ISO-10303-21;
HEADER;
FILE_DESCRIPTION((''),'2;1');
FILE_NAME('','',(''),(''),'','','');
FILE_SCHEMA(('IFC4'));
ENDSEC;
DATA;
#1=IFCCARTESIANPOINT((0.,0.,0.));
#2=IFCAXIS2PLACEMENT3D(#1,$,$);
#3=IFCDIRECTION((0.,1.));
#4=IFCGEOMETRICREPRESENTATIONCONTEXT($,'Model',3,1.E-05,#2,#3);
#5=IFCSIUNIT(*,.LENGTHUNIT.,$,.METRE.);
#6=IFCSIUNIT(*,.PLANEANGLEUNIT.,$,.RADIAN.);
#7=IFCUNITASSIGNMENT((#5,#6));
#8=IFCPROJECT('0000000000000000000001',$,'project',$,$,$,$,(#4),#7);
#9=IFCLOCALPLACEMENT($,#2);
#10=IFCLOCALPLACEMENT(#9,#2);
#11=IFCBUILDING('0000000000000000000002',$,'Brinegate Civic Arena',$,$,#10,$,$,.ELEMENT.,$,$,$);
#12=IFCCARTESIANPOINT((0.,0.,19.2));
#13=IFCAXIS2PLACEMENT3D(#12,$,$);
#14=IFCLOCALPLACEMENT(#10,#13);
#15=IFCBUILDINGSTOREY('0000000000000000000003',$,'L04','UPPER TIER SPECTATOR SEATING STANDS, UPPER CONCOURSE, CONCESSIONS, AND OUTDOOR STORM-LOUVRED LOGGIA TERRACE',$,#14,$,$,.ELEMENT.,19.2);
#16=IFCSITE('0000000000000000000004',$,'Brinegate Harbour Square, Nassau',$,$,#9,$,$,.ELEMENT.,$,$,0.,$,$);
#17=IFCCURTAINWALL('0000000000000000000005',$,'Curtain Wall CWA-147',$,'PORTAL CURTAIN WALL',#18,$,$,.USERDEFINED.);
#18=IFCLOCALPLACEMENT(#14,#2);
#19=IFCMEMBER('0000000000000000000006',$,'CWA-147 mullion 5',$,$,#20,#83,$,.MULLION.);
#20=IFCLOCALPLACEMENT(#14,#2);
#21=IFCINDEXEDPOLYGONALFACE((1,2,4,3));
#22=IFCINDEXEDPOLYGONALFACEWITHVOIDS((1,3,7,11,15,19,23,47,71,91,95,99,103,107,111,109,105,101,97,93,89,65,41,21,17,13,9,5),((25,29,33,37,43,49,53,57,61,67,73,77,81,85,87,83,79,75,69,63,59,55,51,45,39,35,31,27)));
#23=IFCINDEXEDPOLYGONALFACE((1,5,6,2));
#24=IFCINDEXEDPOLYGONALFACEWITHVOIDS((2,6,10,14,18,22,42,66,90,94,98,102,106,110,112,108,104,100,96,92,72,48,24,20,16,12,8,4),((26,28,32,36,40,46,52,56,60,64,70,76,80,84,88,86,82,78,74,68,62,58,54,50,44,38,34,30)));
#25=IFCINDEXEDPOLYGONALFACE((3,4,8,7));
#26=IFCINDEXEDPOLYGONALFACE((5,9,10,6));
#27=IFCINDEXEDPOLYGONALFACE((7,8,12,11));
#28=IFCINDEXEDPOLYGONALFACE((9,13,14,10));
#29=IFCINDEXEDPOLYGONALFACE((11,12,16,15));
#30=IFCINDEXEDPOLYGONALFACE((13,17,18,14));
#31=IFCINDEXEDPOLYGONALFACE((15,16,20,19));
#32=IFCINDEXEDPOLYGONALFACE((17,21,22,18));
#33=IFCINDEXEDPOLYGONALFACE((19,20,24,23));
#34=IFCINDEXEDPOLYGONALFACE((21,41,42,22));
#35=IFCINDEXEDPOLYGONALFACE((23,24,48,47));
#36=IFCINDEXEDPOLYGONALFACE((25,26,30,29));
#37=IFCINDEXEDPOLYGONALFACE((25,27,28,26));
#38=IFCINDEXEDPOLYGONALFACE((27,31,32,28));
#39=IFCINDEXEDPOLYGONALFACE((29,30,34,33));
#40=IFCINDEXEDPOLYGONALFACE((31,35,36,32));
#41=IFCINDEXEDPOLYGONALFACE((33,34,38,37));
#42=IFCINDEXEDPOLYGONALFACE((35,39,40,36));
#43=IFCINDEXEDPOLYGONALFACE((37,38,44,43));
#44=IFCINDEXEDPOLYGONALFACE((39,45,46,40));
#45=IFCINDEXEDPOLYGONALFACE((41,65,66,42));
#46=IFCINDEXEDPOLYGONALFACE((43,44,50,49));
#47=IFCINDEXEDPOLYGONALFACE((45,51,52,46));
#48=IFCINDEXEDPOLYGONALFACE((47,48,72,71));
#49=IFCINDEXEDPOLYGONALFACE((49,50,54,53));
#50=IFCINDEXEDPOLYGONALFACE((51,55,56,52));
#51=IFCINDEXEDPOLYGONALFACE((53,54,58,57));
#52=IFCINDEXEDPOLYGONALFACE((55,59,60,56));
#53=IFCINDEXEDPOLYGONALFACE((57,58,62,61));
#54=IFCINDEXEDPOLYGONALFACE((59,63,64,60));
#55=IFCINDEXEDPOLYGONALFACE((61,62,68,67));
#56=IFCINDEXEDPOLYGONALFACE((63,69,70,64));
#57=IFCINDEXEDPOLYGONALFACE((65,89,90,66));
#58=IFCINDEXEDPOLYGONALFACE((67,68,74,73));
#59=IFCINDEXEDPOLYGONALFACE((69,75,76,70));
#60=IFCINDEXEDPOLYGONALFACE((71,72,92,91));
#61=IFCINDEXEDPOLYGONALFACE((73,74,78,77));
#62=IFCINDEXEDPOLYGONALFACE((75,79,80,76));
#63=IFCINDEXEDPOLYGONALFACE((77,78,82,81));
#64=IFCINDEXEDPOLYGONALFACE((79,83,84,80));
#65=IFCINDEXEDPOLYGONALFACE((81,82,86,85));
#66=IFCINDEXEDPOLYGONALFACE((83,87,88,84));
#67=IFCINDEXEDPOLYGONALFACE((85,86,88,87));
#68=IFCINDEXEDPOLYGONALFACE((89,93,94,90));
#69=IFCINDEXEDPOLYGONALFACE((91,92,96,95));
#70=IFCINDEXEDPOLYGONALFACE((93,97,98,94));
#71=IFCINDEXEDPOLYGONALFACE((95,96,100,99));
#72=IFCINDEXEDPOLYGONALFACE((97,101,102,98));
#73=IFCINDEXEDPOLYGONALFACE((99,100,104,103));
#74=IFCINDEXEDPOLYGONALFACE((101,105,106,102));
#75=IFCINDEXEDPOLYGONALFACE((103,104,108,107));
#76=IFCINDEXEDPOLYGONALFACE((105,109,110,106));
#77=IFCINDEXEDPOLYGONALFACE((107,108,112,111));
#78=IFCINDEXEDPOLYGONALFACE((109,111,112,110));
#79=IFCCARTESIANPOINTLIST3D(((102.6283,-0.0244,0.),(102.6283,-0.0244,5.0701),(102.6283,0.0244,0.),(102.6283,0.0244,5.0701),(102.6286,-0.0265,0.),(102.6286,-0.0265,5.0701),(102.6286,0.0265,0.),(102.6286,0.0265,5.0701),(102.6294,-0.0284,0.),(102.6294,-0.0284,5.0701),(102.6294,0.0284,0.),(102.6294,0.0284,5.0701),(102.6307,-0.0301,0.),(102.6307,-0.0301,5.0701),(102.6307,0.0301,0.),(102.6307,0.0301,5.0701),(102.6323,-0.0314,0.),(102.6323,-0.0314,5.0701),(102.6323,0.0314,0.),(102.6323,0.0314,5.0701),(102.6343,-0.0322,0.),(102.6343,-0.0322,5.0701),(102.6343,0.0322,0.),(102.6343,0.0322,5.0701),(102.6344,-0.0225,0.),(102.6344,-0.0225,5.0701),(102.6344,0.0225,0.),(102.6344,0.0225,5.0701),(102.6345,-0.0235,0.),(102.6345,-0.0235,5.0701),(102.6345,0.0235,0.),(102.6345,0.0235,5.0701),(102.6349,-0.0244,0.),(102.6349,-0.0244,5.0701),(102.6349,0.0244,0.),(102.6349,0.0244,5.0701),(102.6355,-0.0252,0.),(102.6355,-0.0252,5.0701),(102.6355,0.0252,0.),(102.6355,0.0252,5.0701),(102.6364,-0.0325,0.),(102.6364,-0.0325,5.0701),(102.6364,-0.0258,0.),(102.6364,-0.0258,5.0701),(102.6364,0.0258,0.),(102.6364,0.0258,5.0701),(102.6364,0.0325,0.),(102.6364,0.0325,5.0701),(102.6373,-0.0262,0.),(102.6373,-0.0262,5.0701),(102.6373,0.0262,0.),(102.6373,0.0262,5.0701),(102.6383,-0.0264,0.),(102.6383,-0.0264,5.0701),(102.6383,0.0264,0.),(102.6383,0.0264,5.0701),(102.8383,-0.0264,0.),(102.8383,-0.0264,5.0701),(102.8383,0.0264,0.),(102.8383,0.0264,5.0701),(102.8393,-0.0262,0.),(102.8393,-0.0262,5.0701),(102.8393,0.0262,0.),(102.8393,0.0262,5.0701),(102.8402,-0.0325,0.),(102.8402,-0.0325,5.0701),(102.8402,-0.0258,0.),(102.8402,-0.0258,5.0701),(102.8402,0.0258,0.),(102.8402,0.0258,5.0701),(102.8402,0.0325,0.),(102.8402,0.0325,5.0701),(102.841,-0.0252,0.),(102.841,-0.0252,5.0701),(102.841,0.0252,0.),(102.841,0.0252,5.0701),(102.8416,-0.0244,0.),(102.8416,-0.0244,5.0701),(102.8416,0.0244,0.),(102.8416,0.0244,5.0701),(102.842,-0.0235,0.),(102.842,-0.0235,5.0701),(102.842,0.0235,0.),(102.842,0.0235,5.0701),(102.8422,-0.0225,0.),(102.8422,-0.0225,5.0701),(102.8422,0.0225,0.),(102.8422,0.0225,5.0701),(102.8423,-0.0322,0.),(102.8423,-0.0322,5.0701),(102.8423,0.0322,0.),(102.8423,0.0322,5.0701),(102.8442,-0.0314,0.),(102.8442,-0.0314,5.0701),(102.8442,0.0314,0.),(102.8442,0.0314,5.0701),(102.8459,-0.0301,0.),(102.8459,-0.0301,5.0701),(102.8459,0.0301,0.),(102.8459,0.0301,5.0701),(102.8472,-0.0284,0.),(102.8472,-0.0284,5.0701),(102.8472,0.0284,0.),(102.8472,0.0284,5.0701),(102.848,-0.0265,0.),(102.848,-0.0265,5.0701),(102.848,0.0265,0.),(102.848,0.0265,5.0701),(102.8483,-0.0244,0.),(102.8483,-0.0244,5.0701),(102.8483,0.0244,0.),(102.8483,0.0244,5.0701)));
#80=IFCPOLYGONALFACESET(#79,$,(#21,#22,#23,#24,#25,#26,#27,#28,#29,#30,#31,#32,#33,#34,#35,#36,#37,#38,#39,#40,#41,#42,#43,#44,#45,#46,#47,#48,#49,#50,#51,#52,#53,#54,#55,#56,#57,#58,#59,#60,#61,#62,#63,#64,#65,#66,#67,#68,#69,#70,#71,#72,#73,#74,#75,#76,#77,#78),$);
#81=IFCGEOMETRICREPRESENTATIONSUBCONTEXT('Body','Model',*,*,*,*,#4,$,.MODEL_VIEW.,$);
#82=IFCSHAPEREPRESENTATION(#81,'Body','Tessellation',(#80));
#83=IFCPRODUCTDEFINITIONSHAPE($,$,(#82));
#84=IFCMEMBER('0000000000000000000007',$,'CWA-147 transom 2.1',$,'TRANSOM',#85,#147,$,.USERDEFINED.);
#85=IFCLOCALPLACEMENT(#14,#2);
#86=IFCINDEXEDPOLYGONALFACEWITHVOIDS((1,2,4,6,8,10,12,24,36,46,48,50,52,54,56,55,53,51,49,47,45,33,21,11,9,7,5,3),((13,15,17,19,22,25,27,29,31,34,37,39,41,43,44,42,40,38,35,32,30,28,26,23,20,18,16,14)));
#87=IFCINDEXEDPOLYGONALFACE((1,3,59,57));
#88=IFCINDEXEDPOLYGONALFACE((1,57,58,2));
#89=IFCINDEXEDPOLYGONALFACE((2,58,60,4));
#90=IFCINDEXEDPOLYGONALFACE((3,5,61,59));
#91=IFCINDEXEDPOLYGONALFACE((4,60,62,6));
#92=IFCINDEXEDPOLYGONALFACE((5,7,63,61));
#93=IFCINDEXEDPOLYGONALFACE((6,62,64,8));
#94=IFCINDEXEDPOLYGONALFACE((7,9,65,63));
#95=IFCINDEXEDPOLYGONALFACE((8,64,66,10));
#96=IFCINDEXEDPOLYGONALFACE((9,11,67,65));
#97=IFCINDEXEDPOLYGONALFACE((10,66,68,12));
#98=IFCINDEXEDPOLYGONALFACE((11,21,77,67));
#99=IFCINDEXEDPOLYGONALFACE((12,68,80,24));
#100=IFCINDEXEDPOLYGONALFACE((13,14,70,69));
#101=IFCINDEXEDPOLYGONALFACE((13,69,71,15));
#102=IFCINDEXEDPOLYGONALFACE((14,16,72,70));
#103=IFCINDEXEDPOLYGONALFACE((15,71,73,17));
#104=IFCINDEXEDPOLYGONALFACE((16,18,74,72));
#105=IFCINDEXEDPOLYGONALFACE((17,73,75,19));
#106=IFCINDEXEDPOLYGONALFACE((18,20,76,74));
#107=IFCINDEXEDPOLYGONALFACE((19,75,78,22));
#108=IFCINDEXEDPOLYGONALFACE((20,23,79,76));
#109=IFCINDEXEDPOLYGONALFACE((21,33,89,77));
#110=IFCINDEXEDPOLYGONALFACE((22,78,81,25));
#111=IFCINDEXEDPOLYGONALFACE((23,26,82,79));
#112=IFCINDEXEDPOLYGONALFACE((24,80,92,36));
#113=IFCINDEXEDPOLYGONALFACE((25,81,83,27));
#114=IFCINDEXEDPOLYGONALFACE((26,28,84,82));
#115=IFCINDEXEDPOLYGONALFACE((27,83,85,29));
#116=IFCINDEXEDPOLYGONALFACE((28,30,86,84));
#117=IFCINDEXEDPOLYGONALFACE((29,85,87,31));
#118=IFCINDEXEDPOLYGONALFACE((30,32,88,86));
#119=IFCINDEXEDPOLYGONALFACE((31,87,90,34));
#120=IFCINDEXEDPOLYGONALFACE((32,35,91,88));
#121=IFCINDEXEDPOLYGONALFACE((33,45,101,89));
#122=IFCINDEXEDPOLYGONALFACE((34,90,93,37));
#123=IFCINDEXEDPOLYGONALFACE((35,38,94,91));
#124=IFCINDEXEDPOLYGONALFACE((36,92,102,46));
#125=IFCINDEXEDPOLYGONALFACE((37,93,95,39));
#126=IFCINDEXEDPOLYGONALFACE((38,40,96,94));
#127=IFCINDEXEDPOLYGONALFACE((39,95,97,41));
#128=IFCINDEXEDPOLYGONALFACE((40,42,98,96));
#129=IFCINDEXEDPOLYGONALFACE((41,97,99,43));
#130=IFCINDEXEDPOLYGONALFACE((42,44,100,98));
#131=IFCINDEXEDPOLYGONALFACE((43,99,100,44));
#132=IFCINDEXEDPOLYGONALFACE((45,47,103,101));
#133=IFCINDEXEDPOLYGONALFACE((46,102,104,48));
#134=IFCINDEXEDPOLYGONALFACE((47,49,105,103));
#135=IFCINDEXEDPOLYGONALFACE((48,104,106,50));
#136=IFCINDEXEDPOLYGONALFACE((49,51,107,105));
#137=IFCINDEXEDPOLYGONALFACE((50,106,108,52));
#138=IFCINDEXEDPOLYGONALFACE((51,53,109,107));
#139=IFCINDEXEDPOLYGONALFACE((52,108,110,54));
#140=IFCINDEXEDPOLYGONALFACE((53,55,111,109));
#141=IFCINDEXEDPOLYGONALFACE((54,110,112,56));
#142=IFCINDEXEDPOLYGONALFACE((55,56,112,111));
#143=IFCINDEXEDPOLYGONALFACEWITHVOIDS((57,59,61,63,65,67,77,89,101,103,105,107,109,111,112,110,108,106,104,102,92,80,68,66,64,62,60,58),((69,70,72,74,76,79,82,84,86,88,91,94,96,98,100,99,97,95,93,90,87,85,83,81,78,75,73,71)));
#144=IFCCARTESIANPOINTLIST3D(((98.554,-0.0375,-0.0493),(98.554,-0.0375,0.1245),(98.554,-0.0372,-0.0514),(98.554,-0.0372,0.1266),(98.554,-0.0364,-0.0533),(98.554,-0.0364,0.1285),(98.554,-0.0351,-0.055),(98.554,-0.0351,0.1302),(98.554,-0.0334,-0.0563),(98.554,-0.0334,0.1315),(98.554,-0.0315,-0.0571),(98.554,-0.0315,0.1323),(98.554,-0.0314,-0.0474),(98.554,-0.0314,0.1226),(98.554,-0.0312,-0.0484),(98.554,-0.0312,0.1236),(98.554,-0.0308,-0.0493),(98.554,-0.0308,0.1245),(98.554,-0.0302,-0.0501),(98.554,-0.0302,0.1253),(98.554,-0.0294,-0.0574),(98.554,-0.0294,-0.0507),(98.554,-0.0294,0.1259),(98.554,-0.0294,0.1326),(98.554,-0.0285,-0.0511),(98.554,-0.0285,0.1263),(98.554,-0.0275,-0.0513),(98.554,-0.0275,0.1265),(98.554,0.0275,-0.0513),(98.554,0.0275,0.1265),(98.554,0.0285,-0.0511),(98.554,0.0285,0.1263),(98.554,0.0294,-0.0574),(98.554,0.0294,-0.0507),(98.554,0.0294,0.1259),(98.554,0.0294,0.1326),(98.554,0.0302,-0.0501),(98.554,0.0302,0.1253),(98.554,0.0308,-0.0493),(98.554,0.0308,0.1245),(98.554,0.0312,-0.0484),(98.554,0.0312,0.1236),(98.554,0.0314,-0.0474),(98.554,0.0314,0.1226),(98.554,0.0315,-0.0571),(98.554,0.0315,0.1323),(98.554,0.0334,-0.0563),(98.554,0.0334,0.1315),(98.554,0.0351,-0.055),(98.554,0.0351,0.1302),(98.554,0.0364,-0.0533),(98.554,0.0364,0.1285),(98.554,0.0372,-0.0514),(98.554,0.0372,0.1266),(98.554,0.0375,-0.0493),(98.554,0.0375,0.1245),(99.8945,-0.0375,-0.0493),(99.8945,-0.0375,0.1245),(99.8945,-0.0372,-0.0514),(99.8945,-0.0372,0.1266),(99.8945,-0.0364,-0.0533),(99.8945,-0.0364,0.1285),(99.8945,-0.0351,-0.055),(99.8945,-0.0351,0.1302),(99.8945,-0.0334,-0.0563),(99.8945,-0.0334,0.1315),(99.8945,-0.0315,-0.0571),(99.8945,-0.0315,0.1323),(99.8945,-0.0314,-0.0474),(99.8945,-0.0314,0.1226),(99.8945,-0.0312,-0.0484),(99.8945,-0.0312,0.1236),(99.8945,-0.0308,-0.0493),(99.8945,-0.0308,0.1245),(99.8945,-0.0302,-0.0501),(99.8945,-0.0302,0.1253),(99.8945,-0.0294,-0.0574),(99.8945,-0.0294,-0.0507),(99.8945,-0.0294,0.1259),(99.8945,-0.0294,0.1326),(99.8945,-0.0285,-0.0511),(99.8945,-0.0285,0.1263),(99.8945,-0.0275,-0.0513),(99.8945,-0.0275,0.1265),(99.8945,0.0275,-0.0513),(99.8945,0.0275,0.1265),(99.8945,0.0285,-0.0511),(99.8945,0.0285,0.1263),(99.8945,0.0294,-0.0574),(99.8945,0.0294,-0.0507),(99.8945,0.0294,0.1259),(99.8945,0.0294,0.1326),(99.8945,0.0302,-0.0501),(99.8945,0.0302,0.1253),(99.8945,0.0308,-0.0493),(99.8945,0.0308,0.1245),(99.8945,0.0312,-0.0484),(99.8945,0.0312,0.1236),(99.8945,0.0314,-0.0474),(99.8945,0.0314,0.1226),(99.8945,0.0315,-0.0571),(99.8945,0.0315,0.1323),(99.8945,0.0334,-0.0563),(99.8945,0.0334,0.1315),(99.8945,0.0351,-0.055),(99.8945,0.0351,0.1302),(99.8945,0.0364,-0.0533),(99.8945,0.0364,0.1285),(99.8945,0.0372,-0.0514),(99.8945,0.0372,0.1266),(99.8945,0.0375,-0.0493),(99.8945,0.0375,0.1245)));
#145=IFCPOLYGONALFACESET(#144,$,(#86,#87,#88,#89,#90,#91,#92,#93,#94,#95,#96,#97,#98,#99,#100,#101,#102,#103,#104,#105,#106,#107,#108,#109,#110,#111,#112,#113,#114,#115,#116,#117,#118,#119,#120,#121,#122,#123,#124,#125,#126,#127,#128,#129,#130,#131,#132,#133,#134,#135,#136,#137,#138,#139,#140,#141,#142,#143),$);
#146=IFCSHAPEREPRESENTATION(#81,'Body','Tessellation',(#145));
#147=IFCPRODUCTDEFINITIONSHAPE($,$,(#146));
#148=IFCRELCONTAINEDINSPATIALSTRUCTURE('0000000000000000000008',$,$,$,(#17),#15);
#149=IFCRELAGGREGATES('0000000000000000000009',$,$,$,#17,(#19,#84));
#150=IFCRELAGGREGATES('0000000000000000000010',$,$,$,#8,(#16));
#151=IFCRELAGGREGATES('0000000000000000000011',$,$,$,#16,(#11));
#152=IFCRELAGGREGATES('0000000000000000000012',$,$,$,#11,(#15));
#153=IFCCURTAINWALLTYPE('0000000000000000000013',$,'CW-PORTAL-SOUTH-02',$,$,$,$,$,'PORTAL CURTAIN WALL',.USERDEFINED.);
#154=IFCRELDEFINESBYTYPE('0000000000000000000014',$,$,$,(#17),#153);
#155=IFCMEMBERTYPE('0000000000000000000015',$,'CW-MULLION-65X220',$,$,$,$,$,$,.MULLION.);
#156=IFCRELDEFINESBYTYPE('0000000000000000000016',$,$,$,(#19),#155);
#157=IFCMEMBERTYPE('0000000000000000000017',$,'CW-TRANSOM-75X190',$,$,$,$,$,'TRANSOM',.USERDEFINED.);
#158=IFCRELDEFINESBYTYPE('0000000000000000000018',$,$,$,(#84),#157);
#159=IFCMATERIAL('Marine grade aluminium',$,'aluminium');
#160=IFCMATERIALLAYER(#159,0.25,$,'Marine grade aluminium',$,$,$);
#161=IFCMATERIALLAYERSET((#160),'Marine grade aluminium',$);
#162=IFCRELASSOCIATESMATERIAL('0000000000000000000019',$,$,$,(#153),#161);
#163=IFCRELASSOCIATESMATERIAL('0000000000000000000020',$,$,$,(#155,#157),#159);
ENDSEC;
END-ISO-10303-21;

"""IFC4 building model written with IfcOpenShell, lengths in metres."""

from ifc_helpers import new_model, si_unit, direction, frame, origin, origin_2d, place, context, subcontext, project, spatial, hollow_rectangle, extrude, material, layer, layer_set, material_profile, profile_set, type_object, element, aggregate, save


model = new_model("IFC4")

# Units and contexts
model_context = context("Model", 3, precision=1e-05, world=origin(), true_north=direction((0.0, 1.0)))
body_context = subcontext(model_context, "Body", "Model", "MODEL_VIEW")
ifc_project = project(units=[si_unit("LENGTHUNIT", "METRE"), si_unit("PLANEANGLEUNIT", "RADIAN")], contexts=[model_context])

# Site, building, storey
site_placement = place(None, origin())
site = spatial("IfcSite", under=ifc_project, at=site_placement, Name="Brinegate Harbour Square, Nassau", CompositionType="ELEMENT", RefElevation=0.0)
building_placement = place(site_placement, origin())
building = spatial("IfcBuilding", under=site, at=building_placement, Name="Brinegate Civic Arena", CompositionType="ELEMENT")
storey_placement = place(building_placement, frame((0.0, 0.0, 19.2)))
storey = spatial("IfcBuildingStorey", under=building, at=storey_placement, Name="L04", Description="UPPER TIER SPECTATOR SEATING STANDS, UPPER CONCOURSE, CONCESSIONS, AND OUTDOOR STORM-LOUVRED LOGGIA TERRACE", CompositionType="ELEMENT", Elevation=19.2)

# Curtain wall, members
ifc_material_1 = material(Name="Marine grade aluminium", Category="aluminium")
ifc_layer_1 = layer(ifc_material_1, 0.25, Name="Marine grade aluminium")
ifc_layer_set_1 = layer_set([ifc_layer_1], Name="Marine grade aluminium")
curtain_wall_type = type_object("IfcCurtainWallType", Name="CW-PORTAL-SOUTH-02", ElementType="PORTAL CURTAIN WALL", PredefinedType="USERDEFINED", material=ifc_layer_set_1)
curtain_wall_placement = place(storey_placement, origin())
curtain_wall = element("IfcCurtainWall", 1, at=curtain_wall_placement, inside=storey, type_object=curtain_wall_type, Name="Curtain Wall CWA-147", ObjectType="PORTAL CURTAIN WALL", PredefinedType="USERDEFINED")
ifc_material_profile_1 = material_profile(ifc_material_1, hollow_rectangle(XDim=0.0649, YDim=0.22, WallThickness=0.0061, InnerFilletRadius=0.0039, OuterFilletRadius=0.0081, at=origin_2d()), Name="MUL65X220")
ifc_profile_set_1 = profile_set([ifc_material_profile_1], Name="Marine grade aluminium")
member_type_1 = type_object("IfcMemberType", Name="CW-MULLION-65X220", PredefinedType="MULLION", material=ifc_profile_set_1)
member_1_placement = place(storey_placement, frame((102.7383, 0.0, 0.0), z_axis=(0.0, 0.0, 1.0), x_axis=(0.0, 1.0, 0.0)))
member_1 = element("IfcMember", 2, at=member_1_placement, type_object=member_type_1, Name="CWA-147 mullion 5", PredefinedType="MULLION", context=body_context, shape_type="SweptSolid", body=[
    extrude(hollow_rectangle(XDim=0.0649, YDim=0.22, WallThickness=0.0061, InnerFilletRadius=0.0039, OuterFilletRadius=0.0081, at=origin_2d()), origin(), (0.0, 0.0, 1.0), 5.0701),
])
ifc_material_profile_2 = material_profile(ifc_material_1, hollow_rectangle(XDim=0.075, YDim=0.1899, WallThickness=0.0061, InnerFilletRadius=0.0039, OuterFilletRadius=0.0081, at=origin_2d()), Name="TRN75X190")
ifc_profile_set_2 = profile_set([ifc_material_profile_2], Name="Marine grade aluminium")
member_type_2 = type_object("IfcMemberType", Name="CW-TRANSOM-75X190", ElementType="TRANSOM", PredefinedType="USERDEFINED", material=ifc_profile_set_2)
member_2_placement = place(storey_placement, frame((98.554, 0.0, 0.0376), z_axis=(1.0, 0.0, 0.0), x_axis=(0.0, 1.0, 0.0)))
member_2 = element("IfcMember", 3, at=member_2_placement, type_object=member_type_2, Name="CWA-147 transom 2.1", ObjectType="TRANSOM", PredefinedType="USERDEFINED", context=body_context, shape_type="SweptSolid", body=[
    extrude(hollow_rectangle(XDim=0.075, YDim=0.1899, WallThickness=0.0061, InnerFilletRadius=0.0039, OuterFilletRadius=0.0081, at=origin_2d()), origin(), (0.0, 0.0, 1.0), 1.3406),
])
aggregate(curtain_wall, [member_1, member_2])

save(model, "model.ifc")
